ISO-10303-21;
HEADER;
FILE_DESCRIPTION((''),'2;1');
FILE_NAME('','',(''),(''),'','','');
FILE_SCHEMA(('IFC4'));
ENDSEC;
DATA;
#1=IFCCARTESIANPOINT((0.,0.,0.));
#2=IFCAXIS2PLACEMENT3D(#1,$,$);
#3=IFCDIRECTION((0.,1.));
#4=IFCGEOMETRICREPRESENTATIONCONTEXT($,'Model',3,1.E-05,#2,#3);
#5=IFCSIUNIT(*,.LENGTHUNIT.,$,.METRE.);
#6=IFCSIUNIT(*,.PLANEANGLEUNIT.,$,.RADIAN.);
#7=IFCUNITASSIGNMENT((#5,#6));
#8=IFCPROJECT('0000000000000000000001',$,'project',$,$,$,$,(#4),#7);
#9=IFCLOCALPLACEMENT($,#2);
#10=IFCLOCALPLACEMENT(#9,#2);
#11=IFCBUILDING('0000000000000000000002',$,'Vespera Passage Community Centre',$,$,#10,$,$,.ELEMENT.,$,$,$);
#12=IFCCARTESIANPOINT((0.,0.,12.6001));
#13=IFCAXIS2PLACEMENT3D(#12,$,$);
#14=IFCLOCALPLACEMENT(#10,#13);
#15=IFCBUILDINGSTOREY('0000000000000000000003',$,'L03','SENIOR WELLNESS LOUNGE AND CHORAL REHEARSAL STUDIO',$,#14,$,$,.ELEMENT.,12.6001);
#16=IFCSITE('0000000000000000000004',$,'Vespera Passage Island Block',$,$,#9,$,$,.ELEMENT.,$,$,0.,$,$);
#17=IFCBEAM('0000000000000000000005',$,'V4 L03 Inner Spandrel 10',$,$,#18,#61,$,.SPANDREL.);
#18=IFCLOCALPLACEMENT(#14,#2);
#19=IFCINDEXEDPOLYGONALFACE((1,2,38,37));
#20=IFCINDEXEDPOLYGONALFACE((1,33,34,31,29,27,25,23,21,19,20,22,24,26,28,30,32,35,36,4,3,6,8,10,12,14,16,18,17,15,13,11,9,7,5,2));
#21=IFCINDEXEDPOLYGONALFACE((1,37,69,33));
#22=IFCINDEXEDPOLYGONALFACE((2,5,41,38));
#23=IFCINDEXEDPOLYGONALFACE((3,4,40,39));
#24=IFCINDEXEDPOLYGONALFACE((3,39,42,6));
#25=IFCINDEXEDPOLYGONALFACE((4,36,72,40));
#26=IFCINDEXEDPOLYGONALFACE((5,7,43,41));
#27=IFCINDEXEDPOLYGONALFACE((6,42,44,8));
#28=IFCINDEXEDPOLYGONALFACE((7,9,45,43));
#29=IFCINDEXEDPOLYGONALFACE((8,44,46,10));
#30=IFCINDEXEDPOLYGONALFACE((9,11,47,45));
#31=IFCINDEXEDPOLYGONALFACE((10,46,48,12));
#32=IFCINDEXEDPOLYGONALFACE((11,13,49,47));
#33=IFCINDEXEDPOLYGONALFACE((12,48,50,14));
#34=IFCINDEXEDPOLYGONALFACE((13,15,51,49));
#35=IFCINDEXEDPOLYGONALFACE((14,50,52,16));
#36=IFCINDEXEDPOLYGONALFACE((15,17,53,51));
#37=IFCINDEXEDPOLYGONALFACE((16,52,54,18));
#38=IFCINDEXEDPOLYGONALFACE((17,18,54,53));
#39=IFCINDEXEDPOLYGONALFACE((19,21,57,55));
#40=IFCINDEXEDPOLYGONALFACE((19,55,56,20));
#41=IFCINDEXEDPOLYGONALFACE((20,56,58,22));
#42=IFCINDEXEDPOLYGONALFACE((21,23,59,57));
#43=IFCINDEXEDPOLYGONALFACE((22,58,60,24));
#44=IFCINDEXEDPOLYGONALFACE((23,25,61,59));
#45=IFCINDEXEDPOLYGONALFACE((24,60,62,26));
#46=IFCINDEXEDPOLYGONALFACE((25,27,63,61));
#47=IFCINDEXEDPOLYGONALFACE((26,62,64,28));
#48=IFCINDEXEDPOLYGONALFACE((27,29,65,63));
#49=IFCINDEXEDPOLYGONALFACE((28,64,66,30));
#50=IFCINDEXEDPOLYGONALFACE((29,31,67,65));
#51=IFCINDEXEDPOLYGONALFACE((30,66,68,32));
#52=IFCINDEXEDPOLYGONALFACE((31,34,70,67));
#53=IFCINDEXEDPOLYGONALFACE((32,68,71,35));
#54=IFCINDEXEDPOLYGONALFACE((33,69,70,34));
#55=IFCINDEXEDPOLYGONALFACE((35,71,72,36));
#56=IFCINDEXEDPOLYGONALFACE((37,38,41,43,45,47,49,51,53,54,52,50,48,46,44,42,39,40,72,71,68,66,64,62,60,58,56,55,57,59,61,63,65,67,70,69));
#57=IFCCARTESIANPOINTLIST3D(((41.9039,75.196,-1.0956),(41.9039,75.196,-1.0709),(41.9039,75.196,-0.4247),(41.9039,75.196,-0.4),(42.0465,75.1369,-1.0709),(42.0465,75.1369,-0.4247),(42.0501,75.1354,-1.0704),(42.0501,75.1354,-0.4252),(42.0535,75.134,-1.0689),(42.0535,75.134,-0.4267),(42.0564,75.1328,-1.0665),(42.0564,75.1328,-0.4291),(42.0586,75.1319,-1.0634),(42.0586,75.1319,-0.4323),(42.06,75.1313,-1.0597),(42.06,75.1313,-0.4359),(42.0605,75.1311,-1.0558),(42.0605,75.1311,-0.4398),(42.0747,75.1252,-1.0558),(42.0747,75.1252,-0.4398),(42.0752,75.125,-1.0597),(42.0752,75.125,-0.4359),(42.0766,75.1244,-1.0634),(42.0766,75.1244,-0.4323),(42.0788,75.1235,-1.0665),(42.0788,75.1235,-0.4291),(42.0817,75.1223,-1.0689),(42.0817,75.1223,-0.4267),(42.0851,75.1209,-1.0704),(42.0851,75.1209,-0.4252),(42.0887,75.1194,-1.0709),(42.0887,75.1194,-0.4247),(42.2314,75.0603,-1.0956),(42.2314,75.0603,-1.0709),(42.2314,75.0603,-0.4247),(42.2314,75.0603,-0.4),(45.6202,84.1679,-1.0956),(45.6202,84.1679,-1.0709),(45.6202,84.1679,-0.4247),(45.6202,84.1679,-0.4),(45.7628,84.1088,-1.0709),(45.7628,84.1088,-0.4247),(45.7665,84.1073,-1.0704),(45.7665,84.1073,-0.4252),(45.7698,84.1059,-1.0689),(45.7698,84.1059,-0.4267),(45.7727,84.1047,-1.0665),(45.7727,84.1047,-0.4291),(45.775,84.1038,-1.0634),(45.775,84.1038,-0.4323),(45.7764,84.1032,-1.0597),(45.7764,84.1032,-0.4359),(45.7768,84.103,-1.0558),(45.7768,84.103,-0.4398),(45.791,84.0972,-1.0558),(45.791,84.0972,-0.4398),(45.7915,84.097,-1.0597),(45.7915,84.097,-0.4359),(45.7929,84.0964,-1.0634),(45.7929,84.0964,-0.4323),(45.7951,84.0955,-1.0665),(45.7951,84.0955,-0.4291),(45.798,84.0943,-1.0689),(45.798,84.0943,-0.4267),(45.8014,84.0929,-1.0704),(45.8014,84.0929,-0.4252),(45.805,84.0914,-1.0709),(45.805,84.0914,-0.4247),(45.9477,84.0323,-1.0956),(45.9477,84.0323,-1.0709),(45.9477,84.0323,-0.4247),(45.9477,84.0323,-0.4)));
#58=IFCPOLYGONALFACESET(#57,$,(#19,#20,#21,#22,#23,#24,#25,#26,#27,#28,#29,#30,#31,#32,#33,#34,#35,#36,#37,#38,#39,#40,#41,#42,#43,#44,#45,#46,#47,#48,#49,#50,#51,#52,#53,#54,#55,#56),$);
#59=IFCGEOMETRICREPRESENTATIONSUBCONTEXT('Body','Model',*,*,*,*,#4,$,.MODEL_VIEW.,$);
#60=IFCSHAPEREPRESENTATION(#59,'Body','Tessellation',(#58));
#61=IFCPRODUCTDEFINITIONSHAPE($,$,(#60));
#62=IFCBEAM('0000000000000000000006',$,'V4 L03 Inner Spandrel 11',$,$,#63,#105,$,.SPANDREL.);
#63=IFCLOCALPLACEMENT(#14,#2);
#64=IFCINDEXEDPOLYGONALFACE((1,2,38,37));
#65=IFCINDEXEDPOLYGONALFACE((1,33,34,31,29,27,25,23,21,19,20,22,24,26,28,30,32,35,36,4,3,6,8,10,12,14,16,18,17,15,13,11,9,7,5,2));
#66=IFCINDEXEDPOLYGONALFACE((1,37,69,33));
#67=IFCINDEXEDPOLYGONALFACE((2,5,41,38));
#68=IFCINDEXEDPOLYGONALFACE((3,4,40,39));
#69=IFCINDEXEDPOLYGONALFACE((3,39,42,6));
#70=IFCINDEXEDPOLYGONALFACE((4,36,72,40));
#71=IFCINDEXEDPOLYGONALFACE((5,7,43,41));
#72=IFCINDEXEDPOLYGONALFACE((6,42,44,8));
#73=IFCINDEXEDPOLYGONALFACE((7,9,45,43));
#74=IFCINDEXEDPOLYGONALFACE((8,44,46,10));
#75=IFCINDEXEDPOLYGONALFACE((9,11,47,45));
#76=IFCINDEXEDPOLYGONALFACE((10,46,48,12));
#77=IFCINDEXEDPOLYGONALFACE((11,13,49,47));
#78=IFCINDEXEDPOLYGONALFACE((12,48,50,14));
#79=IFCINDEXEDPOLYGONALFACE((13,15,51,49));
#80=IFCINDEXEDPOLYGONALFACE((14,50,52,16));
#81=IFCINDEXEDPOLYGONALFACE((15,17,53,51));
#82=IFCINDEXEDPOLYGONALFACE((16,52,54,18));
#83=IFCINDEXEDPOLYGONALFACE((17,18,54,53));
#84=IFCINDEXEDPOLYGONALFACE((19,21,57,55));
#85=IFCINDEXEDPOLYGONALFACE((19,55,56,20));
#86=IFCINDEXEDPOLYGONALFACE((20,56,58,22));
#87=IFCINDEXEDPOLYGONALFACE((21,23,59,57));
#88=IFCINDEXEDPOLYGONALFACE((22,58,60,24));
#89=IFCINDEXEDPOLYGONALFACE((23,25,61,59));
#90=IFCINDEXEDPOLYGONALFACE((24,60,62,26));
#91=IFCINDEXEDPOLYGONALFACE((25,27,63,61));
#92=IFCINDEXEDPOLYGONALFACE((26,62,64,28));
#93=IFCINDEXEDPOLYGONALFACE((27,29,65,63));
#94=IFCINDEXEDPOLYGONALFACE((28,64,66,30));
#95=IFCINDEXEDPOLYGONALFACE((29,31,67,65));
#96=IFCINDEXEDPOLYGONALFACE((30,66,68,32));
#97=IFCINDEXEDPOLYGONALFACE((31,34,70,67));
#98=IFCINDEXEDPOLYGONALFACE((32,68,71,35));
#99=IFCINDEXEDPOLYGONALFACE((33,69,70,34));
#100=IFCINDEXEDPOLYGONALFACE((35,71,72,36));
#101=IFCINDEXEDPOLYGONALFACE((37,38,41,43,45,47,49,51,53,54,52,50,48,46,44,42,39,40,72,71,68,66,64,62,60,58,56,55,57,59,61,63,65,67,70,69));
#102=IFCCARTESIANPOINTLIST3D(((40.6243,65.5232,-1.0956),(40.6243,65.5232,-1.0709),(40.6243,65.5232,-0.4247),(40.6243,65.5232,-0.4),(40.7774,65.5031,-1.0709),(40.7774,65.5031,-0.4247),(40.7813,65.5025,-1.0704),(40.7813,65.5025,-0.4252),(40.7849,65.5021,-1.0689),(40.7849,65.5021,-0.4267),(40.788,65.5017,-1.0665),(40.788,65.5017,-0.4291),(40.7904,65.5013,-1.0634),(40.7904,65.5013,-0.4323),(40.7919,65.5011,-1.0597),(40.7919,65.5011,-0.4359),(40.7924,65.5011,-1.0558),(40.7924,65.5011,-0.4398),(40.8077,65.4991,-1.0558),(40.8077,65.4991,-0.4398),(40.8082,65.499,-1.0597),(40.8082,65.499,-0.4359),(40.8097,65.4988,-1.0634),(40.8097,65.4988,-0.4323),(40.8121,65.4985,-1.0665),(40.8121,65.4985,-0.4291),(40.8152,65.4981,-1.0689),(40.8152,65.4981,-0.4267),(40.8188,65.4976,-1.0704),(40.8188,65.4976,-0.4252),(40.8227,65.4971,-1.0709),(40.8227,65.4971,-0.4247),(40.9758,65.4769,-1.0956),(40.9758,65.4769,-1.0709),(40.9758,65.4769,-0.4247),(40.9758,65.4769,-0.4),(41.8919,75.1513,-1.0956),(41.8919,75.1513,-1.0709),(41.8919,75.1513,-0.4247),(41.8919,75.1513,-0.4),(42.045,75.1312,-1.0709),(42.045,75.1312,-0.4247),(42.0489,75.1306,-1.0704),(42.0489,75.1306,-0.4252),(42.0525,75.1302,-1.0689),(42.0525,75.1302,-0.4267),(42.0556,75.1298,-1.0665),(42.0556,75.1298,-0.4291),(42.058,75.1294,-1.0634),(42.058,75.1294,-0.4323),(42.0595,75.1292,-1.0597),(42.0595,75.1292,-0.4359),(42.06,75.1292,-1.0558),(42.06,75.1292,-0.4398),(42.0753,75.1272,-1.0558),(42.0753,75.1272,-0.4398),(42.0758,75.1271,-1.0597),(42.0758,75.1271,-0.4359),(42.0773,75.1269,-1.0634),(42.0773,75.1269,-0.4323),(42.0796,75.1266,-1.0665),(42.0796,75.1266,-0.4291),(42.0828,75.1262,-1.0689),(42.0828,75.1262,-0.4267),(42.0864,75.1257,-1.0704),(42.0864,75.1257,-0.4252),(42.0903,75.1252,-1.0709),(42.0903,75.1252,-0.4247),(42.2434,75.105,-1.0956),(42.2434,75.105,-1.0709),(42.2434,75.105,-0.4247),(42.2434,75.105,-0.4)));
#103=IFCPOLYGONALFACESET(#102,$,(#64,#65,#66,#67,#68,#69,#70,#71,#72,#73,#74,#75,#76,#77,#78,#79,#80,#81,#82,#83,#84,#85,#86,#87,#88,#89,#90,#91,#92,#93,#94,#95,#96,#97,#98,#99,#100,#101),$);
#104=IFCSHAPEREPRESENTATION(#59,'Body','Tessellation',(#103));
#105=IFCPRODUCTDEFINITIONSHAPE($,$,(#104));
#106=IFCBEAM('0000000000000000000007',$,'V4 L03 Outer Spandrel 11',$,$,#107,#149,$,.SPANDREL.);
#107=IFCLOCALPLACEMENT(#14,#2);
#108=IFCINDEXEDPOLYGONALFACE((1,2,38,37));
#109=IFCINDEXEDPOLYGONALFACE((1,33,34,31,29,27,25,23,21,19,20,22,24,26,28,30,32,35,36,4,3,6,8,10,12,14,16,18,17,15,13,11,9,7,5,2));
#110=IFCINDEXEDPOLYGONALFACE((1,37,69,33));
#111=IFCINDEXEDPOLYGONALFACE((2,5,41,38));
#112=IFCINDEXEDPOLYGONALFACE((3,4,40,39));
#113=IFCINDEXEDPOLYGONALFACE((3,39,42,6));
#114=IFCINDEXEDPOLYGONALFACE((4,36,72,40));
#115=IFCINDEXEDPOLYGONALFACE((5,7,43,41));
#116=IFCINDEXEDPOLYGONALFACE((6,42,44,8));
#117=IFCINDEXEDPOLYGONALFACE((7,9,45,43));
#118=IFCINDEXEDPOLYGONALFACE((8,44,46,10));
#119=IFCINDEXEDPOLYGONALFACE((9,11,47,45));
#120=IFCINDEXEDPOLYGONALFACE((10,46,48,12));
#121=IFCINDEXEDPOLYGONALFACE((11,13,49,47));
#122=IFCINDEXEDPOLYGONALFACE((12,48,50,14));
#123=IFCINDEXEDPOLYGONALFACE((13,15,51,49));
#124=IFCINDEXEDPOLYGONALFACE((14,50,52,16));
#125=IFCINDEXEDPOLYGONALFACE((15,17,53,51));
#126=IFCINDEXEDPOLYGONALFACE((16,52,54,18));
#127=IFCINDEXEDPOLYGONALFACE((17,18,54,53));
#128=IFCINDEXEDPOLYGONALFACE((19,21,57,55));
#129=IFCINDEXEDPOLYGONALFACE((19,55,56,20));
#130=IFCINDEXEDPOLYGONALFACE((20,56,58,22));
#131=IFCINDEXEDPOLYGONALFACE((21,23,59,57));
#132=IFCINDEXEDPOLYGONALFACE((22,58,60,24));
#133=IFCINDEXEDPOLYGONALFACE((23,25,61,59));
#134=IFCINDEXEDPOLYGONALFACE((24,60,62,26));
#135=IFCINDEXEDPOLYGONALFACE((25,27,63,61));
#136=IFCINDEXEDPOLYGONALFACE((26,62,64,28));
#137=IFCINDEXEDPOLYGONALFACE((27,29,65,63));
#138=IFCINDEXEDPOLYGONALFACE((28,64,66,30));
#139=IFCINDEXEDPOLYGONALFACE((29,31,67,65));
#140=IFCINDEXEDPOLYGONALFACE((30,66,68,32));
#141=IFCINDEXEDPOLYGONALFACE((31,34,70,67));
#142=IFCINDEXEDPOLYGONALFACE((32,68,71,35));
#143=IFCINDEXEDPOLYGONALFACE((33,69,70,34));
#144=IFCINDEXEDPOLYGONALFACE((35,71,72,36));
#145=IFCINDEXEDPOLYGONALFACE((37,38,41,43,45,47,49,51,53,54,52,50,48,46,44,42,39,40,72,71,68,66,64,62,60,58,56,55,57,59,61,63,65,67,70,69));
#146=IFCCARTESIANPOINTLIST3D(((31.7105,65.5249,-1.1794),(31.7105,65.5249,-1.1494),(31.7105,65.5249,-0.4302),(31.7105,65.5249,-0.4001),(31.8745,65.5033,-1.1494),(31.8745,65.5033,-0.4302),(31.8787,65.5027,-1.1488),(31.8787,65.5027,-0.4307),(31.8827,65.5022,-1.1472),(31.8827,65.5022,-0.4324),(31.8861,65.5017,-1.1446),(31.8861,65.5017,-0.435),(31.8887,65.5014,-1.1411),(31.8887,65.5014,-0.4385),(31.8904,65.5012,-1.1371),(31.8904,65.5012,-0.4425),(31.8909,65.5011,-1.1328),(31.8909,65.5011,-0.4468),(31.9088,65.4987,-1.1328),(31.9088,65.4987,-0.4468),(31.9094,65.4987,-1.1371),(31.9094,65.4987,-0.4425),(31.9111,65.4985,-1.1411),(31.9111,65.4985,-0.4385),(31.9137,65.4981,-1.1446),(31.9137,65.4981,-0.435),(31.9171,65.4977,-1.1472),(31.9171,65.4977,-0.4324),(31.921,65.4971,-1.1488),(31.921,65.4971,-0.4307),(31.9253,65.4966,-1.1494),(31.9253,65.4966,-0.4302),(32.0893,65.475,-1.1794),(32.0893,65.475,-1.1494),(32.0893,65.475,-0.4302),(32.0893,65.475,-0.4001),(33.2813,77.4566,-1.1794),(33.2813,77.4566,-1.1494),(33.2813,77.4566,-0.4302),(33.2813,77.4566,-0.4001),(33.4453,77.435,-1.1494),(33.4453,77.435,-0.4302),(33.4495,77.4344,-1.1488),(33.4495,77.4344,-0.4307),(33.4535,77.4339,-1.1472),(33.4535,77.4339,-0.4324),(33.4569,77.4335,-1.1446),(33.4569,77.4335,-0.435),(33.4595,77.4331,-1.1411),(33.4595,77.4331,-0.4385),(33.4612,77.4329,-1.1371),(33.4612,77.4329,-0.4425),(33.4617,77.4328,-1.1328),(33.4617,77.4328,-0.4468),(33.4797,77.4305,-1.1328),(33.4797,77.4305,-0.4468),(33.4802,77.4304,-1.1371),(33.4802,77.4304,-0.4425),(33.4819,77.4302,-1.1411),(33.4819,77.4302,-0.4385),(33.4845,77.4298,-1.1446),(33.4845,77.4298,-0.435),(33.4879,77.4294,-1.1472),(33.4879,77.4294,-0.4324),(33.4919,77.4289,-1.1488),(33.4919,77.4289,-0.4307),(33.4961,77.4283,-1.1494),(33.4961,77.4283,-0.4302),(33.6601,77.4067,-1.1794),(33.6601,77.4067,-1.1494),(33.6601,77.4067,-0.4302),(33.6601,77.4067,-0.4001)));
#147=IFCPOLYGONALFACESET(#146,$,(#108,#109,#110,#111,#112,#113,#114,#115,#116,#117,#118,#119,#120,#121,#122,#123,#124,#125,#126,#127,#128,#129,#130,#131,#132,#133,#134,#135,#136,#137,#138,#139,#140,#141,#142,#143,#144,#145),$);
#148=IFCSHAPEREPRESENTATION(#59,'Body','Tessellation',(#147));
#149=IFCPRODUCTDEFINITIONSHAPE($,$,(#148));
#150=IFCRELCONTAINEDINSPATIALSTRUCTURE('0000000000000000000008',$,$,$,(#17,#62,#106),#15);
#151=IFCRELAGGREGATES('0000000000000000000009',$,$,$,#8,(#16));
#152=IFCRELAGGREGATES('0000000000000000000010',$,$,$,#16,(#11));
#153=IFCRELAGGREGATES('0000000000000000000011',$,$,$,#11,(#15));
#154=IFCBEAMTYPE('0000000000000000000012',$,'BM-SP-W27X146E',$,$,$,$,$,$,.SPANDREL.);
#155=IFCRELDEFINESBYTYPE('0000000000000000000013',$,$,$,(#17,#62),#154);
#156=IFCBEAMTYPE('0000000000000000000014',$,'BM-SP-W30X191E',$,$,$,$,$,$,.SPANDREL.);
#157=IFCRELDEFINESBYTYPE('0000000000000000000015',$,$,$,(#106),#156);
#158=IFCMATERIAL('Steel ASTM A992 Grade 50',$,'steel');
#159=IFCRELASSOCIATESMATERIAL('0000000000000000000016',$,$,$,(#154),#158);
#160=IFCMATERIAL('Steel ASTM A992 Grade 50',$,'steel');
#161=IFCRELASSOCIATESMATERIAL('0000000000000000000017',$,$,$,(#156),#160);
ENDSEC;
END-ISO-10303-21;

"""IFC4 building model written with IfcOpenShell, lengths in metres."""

from ifc_helpers import new_model, si_unit, direction, frame, origin, origin_2d, place, context, subcontext, project, spatial, i_section, extrude, material, material_profile, profile_set, type_object, element, save


model = new_model("IFC4")

# Units and contexts
model_context = context("Model", 3, precision=1e-05, world=origin(), true_north=direction((0.0, 1.0)))
body_context = subcontext(model_context, "Body", "Model", "MODEL_VIEW")
ifc_project = project(units=[si_unit("LENGTHUNIT", "METRE"), si_unit("PLANEANGLEUNIT", "RADIAN")], contexts=[model_context])

# Site, building, storey
site_placement = place(None, origin())
site = spatial("IfcSite", under=ifc_project, at=site_placement, Name="Vespera Passage Island Block", CompositionType="ELEMENT", RefElevation=0.0)
building_placement = place(site_placement, origin())
building = spatial("IfcBuilding", under=site, at=building_placement, Name="Vespera Passage Community Centre", CompositionType="ELEMENT")
storey_placement = place(building_placement, frame((0.0, 0.0, 12.6001)))
storey = spatial("IfcBuildingStorey", under=building, at=storey_placement, Name="L03", Description="SENIOR WELLNESS LOUNGE AND CHORAL REHEARSAL STUDIO", CompositionType="ELEMENT", Elevation=12.6001)

# Beams
ifc_material_1 = material(Name="Steel ASTM A992 Grade 50", Category="steel")
ifc_material_profile_1 = material_profile(ifc_material_1, i_section(OverallWidth=0.3545, OverallDepth=0.6956, WebThickness=0.0154, FlangeThickness=0.0247, FilletRadius=0.0151, at=origin_2d()), Name="W27X146")
ifc_profile_set_1 = profile_set([ifc_material_profile_1], Name="Steel ASTM A992 Grade 50")
beam_type_1 = type_object("IfcBeamType", Name="BM-SP-W27X146E", PredefinedType="SPANDREL", material=ifc_profile_set_1)
for number, where, z_axis, x_axis, name in (
    (1, (45.7839, 84.1001, -0.7478), (-0.382685, -0.923879, 0.0), (0.923879, -0.382685, 0.0), "V4 L03 Inner Spandrel 10"),
    (2, (42.0676, 75.1282, -0.7478), (-0.130527, -0.991445, 0.0), (0.991445, -0.130527, 0.0), "V4 L03 Inner Spandrel 11"),
):
    element("IfcBeam", number, at=place(storey_placement, frame(where, z_axis=z_axis, x_axis=x_axis)), inside=storey, type_object=beam_type_1, Name=name, PredefinedType="SPANDREL", context=body_context, shape_type="SweptSolid", body=[
        extrude(i_section(OverallWidth=0.3545, OverallDepth=0.6956, WebThickness=0.0154, FlangeThickness=0.0247, FilletRadius=0.0151, at=origin_2d()), origin(), (0.0, 0.0, 1.0), 9.7112),
    ])
ifc_material_2 = material(Name="Steel ASTM A992 Grade 50", Category="steel")
ifc_material_profile_2 = material_profile(ifc_material_2, i_section(OverallWidth=0.3821, OverallDepth=0.7793, WebThickness=0.0181, FlangeThickness=0.03, FilletRadius=0.0166, at=origin_2d()), Name="W30X191")
ifc_profile_set_2 = profile_set([ifc_material_profile_2], Name="Steel ASTM A992 Grade 50")
beam_type_2 = type_object("IfcBeamType", Name="BM-SP-W30X191E", PredefinedType="SPANDREL", material=ifc_profile_set_2)
beam_placement = place(storey_placement, frame((33.4707, 77.4316, -0.7898), z_axis=(-0.130524, -0.991445, 0.0), x_axis=(0.991445, -0.130524, 0.0)))
element("IfcBeam", 3, at=beam_placement, inside=storey, type_object=beam_type_2, Name="V4 L03 Outer Spandrel 11", PredefinedType="SPANDREL", context=body_context, shape_type="SweptSolid", body=[
    extrude(i_section(OverallWidth=0.3821, OverallDepth=0.7793, WebThickness=0.0181, FlangeThickness=0.03, FilletRadius=0.0166, at=origin_2d()), origin(), (0.0, 0.0, 1.0), 12.0347),
])

save(model, "model.ifc")
